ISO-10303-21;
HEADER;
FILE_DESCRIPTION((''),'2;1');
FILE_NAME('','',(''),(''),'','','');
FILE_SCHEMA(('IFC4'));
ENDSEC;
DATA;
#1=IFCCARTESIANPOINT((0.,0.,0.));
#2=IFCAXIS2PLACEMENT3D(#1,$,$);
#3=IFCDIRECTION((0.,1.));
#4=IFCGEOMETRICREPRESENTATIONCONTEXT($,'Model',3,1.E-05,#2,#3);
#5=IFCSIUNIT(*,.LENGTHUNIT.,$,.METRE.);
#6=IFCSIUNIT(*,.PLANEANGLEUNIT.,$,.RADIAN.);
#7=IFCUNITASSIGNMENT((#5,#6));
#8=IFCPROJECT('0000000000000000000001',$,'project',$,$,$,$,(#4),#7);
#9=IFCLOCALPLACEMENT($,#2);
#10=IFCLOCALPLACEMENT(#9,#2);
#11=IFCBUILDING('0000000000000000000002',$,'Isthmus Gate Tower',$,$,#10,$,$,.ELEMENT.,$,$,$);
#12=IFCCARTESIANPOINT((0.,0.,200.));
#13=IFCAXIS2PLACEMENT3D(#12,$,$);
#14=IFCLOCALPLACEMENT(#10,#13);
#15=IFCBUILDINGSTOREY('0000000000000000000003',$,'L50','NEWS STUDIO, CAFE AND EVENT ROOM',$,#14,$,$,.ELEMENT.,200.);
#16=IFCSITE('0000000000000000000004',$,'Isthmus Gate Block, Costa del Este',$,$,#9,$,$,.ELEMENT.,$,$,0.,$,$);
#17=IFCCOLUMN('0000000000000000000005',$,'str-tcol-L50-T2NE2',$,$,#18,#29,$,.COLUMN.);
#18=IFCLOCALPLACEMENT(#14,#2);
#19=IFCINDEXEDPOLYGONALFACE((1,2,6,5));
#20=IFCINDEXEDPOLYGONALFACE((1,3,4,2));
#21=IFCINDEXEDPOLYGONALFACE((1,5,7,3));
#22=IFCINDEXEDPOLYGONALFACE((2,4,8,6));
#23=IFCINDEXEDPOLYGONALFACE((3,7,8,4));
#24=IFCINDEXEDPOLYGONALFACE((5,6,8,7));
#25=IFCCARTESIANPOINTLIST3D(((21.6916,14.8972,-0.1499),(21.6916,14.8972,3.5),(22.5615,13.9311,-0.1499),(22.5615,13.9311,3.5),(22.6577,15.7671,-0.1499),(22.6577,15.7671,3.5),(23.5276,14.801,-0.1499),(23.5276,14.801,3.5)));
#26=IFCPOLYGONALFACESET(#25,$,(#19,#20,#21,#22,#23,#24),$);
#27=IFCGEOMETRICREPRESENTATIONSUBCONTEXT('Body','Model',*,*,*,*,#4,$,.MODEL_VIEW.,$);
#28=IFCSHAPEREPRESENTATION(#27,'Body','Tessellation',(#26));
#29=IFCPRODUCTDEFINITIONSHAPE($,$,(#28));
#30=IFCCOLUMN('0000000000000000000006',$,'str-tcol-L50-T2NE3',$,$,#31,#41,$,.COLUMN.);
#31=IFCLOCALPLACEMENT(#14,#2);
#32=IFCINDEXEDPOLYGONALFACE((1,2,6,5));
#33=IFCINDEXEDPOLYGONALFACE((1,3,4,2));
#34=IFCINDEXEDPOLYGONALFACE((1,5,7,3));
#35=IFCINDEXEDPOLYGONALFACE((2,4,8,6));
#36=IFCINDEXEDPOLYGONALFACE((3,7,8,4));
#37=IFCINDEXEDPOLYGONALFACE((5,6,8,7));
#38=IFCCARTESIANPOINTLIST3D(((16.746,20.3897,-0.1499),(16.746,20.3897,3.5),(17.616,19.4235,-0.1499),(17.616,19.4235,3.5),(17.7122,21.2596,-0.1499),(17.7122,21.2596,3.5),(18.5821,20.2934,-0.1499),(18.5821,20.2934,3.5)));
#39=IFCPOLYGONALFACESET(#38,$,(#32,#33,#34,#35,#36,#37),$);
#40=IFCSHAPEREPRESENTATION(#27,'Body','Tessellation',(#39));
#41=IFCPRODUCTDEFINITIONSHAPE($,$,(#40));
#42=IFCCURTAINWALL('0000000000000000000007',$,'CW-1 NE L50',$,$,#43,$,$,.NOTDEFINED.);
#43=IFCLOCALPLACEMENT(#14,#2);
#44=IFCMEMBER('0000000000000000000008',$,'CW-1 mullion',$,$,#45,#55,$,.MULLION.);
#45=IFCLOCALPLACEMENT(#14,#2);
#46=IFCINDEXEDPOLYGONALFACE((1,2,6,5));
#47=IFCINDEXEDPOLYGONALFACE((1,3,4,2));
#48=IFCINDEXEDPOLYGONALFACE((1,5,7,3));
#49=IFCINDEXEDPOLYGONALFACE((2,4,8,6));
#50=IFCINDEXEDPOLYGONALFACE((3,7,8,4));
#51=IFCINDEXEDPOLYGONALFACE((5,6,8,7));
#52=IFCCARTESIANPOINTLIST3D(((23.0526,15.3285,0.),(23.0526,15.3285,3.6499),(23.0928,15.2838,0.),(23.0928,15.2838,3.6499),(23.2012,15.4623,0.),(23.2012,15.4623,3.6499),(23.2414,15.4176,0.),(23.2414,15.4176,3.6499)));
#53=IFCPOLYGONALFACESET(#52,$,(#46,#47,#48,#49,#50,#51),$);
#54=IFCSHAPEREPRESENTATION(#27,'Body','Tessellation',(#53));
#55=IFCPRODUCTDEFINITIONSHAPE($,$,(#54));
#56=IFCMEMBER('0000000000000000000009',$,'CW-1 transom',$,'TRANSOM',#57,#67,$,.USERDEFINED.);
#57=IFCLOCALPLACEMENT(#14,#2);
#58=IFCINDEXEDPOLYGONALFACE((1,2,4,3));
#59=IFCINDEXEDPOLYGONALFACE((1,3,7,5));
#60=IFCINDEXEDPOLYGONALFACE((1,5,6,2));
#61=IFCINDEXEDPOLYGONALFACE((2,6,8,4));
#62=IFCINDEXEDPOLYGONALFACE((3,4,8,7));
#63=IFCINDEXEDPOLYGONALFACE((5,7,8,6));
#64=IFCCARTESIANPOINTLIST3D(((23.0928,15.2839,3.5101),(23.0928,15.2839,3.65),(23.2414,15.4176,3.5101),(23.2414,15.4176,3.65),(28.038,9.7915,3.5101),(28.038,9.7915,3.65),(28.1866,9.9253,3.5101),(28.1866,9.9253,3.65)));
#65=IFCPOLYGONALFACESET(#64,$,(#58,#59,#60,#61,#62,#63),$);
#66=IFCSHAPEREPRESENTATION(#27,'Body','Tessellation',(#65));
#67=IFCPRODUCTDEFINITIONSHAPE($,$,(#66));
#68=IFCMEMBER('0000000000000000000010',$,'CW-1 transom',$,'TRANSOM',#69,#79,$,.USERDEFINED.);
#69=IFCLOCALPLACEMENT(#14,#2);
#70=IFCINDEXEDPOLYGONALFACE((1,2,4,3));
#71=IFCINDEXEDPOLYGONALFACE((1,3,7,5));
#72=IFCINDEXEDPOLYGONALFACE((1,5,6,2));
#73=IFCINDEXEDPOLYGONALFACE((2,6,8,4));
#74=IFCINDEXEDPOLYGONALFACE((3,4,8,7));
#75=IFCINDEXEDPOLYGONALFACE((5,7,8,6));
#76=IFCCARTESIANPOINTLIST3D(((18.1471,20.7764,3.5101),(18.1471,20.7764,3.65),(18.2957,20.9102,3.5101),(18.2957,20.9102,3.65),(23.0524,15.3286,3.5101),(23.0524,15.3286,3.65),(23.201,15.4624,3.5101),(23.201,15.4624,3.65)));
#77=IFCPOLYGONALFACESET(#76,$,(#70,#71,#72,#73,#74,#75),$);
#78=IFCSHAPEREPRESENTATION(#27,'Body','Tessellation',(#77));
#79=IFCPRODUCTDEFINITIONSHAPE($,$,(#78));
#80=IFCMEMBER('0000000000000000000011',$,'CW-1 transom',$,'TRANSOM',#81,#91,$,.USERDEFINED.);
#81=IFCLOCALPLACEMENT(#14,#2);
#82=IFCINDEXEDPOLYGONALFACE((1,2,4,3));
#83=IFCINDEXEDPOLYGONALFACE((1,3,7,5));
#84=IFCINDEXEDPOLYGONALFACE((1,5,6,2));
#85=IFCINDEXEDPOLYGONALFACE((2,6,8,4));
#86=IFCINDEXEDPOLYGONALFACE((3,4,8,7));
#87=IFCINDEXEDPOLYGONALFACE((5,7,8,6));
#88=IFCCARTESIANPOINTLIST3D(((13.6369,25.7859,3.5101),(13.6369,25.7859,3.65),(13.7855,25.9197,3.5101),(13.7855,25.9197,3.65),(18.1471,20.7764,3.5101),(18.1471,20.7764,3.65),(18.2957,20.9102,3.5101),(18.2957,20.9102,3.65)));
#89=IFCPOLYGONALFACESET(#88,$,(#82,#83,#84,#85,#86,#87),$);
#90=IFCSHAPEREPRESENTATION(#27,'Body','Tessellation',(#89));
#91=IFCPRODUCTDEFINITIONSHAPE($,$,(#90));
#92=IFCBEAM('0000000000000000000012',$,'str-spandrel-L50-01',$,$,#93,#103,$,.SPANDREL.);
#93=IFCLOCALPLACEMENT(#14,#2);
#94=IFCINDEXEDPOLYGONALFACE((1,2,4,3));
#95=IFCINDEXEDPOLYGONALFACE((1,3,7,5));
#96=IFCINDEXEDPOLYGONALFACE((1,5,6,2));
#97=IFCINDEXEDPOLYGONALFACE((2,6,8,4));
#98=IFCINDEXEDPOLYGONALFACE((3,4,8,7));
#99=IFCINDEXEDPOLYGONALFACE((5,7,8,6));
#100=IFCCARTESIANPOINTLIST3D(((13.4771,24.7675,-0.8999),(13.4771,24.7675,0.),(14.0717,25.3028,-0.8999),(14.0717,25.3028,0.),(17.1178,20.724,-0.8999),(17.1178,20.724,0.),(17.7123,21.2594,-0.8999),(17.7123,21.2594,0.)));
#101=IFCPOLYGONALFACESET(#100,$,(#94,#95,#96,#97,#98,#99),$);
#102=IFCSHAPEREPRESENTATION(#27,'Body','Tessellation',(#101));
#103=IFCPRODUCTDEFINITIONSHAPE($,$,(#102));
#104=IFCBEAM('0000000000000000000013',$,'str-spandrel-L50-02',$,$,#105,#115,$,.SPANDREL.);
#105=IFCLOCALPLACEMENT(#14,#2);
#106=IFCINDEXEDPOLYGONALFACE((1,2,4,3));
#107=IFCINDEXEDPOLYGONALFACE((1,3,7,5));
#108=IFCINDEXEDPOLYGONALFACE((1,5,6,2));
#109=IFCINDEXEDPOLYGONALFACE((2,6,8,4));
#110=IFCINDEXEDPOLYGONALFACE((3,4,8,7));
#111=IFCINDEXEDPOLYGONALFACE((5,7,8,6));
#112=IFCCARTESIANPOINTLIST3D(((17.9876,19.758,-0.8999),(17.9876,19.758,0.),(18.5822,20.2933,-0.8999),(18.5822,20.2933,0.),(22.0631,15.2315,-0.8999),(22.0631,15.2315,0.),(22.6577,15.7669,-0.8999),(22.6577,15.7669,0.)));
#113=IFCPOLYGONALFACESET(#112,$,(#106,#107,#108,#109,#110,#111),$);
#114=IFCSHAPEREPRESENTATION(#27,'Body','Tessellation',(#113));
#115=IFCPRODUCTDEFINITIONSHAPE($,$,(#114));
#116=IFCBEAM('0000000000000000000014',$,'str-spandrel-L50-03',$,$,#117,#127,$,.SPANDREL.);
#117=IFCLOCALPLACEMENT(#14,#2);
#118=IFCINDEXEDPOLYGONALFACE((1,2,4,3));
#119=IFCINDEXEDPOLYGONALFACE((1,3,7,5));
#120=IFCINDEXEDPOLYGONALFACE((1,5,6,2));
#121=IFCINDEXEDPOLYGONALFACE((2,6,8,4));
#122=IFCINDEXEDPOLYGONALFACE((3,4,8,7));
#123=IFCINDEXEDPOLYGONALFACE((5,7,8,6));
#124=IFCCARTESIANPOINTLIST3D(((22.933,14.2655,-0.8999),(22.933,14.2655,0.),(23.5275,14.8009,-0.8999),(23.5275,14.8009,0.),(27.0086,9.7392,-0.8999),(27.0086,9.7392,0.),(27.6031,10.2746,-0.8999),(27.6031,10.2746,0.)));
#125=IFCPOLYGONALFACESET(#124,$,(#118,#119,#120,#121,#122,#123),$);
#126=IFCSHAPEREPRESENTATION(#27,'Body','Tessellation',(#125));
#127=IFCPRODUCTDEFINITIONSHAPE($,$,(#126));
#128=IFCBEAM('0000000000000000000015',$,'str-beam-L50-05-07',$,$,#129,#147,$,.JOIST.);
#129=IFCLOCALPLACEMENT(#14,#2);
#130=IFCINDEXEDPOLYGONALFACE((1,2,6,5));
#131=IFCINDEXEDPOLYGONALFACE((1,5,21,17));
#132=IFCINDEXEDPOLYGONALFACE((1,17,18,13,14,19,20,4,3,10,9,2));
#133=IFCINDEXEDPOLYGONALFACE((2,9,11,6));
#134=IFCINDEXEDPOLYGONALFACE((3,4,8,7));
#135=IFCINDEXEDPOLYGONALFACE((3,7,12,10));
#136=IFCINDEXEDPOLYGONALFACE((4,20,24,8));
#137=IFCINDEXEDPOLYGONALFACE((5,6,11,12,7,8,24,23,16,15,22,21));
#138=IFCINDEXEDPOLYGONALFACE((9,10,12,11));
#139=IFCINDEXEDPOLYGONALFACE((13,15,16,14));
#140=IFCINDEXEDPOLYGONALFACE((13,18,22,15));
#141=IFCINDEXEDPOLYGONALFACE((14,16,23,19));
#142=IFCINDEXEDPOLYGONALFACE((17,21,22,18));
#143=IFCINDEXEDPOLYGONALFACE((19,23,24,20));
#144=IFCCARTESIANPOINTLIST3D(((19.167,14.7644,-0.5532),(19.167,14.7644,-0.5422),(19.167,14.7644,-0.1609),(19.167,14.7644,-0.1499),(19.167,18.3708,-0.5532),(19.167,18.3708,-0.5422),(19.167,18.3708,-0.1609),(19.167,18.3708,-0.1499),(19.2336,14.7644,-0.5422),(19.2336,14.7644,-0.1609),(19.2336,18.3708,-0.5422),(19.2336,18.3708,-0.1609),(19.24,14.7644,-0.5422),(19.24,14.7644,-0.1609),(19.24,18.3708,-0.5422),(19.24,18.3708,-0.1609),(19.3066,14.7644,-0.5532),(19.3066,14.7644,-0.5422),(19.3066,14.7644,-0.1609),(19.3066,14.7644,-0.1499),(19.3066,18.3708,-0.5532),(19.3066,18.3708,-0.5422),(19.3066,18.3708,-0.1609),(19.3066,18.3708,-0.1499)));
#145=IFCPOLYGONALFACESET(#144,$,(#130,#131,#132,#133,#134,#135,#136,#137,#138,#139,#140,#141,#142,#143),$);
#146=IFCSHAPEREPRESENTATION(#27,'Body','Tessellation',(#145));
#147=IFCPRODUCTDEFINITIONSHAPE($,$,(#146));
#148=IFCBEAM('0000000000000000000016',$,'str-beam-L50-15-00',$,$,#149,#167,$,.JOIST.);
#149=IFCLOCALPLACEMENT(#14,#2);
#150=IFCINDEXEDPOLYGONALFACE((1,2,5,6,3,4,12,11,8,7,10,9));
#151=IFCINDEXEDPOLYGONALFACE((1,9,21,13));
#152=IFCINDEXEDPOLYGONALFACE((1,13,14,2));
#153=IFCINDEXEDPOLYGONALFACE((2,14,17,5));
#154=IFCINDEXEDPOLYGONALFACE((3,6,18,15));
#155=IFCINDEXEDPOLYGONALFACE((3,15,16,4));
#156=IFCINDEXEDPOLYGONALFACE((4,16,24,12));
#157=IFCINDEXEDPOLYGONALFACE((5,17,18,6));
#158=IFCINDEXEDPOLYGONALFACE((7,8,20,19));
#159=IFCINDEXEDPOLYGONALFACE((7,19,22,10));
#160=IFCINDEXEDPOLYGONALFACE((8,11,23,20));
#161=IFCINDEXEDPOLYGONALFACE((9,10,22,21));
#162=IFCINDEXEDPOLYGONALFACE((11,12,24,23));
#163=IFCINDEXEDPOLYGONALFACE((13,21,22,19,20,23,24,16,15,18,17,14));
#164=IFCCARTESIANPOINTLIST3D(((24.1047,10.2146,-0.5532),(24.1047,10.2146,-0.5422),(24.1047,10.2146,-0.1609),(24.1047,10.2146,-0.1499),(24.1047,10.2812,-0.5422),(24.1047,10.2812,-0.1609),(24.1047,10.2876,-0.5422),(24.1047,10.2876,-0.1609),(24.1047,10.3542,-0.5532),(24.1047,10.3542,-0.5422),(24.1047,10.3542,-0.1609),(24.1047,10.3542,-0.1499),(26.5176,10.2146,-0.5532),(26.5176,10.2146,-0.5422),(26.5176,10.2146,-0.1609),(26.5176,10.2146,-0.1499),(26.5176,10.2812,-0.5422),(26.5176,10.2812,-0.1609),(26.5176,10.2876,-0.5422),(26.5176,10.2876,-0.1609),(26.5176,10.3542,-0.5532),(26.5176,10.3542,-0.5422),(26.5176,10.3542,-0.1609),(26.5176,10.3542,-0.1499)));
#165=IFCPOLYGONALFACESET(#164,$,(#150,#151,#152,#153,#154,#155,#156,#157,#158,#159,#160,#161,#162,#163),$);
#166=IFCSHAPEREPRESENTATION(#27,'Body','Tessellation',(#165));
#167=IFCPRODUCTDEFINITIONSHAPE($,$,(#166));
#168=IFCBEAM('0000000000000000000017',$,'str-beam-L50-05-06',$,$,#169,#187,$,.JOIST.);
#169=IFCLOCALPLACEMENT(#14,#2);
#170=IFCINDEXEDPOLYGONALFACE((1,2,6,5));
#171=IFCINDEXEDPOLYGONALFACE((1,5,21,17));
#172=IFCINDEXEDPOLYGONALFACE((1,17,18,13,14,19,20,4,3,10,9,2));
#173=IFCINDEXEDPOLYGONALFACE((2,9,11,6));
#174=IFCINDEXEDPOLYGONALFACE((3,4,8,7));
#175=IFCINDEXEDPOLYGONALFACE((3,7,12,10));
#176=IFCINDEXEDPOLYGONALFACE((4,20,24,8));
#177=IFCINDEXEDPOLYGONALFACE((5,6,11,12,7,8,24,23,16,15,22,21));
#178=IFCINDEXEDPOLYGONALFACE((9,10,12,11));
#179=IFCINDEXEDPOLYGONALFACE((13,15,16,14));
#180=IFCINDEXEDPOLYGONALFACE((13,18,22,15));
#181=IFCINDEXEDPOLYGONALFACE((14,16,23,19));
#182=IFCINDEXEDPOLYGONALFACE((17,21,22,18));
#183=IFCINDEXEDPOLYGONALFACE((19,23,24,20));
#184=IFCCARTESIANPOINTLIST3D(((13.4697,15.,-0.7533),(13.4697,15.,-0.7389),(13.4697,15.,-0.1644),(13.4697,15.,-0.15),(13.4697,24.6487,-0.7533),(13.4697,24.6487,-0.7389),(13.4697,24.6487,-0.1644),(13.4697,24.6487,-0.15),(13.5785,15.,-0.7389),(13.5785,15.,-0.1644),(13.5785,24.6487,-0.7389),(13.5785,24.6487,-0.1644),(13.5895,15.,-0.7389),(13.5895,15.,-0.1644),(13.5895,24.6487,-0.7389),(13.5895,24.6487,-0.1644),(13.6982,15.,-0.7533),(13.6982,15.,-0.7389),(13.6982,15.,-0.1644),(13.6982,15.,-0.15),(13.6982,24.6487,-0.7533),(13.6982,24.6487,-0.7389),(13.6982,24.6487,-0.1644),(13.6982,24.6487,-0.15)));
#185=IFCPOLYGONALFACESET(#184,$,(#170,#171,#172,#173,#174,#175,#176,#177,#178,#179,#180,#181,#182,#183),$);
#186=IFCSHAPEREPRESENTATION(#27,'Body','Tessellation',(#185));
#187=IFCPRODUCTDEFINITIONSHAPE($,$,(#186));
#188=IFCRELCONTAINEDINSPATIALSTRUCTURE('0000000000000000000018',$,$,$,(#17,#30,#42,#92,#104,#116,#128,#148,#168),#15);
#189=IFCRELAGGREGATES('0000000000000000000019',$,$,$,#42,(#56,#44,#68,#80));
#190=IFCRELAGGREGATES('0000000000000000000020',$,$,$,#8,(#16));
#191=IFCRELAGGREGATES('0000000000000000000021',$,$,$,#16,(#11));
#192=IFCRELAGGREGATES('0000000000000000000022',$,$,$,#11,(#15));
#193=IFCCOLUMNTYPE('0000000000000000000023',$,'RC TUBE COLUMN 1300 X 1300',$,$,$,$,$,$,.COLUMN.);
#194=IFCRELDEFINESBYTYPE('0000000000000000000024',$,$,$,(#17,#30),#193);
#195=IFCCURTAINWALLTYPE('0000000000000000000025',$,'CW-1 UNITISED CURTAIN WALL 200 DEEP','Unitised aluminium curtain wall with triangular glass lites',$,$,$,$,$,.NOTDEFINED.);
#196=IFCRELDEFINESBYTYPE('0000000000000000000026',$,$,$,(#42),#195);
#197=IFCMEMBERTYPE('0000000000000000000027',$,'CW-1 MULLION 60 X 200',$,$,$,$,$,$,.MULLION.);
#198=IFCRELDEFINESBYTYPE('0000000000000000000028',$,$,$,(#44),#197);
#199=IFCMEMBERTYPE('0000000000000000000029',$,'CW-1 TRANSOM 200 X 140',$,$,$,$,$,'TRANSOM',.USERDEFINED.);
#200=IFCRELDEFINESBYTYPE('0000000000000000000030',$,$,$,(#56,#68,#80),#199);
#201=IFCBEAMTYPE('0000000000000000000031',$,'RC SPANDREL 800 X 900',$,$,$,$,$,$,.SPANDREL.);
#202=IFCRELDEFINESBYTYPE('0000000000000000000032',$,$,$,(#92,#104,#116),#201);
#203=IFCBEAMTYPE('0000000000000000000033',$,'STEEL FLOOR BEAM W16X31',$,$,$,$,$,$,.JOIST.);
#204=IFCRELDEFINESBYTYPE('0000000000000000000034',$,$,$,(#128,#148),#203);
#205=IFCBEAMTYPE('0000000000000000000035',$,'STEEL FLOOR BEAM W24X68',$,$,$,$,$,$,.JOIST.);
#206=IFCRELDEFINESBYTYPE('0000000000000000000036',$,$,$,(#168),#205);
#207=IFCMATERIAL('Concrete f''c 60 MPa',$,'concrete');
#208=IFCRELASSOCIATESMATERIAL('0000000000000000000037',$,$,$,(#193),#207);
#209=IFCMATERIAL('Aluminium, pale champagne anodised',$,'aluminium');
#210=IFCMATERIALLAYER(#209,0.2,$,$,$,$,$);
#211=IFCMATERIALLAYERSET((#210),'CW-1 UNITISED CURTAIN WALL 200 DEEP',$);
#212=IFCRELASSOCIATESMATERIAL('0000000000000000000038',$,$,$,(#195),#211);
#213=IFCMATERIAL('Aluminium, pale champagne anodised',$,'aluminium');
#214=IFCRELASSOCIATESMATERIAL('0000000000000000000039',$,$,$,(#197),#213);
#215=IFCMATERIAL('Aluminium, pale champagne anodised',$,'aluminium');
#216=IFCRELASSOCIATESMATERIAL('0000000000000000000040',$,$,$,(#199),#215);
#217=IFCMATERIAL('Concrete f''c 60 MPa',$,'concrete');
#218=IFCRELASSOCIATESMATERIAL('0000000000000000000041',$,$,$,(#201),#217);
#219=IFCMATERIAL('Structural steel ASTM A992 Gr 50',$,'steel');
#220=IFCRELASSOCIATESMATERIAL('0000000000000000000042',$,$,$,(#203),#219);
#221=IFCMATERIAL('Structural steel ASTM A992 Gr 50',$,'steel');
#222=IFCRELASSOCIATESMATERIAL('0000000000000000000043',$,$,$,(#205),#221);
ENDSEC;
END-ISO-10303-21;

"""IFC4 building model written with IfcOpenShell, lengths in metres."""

from ifc_helpers import new_model, si_unit, direction, frame, origin, origin_2d, place, context, subcontext, project, spatial, rectangle, i_section, extrude, material, layer, layer_set, material_profile, profile_set, type_object, element, aggregate, save


model = new_model("IFC4")

# Units and contexts
model_context = context("Model", 3, precision=1e-05, world=origin(), true_north=direction((0.0, 1.0)))
body_context = subcontext(model_context, "Body", "Model", "MODEL_VIEW")
ifc_project = project(units=[si_unit("LENGTHUNIT", "METRE"), si_unit("PLANEANGLEUNIT", "RADIAN")], contexts=[model_context])

# Site, building, storey
site_placement = place(None, origin())
site = spatial("IfcSite", under=ifc_project, at=site_placement, Name="Isthmus Gate Block, Costa del Este", CompositionType="ELEMENT", RefElevation=0.0)
building_placement = place(site_placement, origin())
building = spatial("IfcBuilding", under=site, at=building_placement, Name="Isthmus Gate Tower", CompositionType="ELEMENT")
storey_placement = place(building_placement, frame((0.0, 0.0, 200.0)))
storey = spatial("IfcBuildingStorey", under=building, at=storey_placement, Name="L50", Description="NEWS STUDIO, CAFE AND EVENT ROOM", CompositionType="ELEMENT", Elevation=200.0)

# Columns
ifc_material_1 = material(Name="Concrete f'c 60 MPa", Category="concrete")
ifc_material_profile_1 = material_profile(ifc_material_1, rectangle(XDim=1.3, YDim=1.3, at=origin_2d()), Name="RC 1300X1300")
ifc_profile_set_1 = profile_set([ifc_material_profile_1], Name="Concrete f'c 60 MPa")
column_type = type_object("IfcColumnType", Name="RC TUBE COLUMN 1300 X 1300", PredefinedType="COLUMN", material=ifc_profile_set_1)
for number, where, z_axis, x_axis, name in (
    (1, (22.6096, 14.8491, -0.1499), (0.0, 0.0, 1.0), (-0.669131, 0.743145, 0.0), "str-tcol-L50-T2NE2"),
    (2, (17.6641, 20.3416, -0.1499), (0.0, 0.0, 1.0), (-0.669131, 0.743145, 0.0), "str-tcol-L50-T2NE3"),
):
    element("IfcColumn", number, at=place(storey_placement, frame(where, z_axis=z_axis, x_axis=x_axis)), inside=storey, type_object=column_type, Name=name, PredefinedType="COLUMN", context=body_context, shape_type="SweptSolid", body=[
        extrude(rectangle(XDim=1.3, YDim=1.3, at=origin_2d()), origin(), (0.0, 0.0, 1.0), 3.6499),
    ])

# Curtain wall, members
ifc_material_2 = material(Name="Aluminium, pale champagne anodised", Category="aluminium")
ifc_layer_1 = layer(ifc_material_2, 0.2)
ifc_layer_set_1 = layer_set([ifc_layer_1], Name="CW-1 UNITISED CURTAIN WALL 200 DEEP")
curtain_wall_type = type_object("IfcCurtainWallType", Name="CW-1 UNITISED CURTAIN WALL 200 DEEP", Description="Unitised aluminium curtain wall with triangular glass lites", PredefinedType="NOTDEFINED", material=ifc_layer_set_1)
curtain_wall_placement = place(storey_placement, origin())
curtain_wall = element("IfcCurtainWall", 3, at=curtain_wall_placement, inside=storey, type_object=curtain_wall_type, Name="CW-1 NE L50", PredefinedType="NOTDEFINED")
ifc_material_3 = material(Name="Aluminium, pale champagne anodised", Category="aluminium")
ifc_material_profile_2 = material_profile(ifc_material_3, rectangle(XDim=0.0601, YDim=0.2, at=origin_2d()), Name="60x200")
ifc_profile_set_2 = profile_set([ifc_material_profile_2], Name="Aluminium, pale champagne anodised")
member_type_1 = type_object("IfcMemberType", Name="CW-1 MULLION 60 X 200", PredefinedType="MULLION", material=ifc_profile_set_2)
member_1_placement = place(storey_placement, frame((23.147, 15.373, 0.0), z_axis=(0.0, 0.0, 1.0), x_axis=(-0.669131, 0.743145, 0.0)))
member_1 = element("IfcMember", 4, at=member_1_placement, type_object=member_type_1, Name="CW-1 mullion", PredefinedType="MULLION", context=body_context, shape_type="SweptSolid", body=[
    extrude(rectangle(XDim=0.0601, YDim=0.2, at=origin_2d()), origin(), (0.0, 0.0, 1.0), 3.6499),
])
ifc_material_4 = material(Name="Aluminium, pale champagne anodised", Category="aluminium")
ifc_material_profile_3 = material_profile(ifc_material_4, rectangle(XDim=0.2, YDim=0.1399, at=origin_2d()), Name="200x140")
ifc_profile_set_3 = profile_set([ifc_material_profile_3], Name="Aluminium, pale champagne anodised")
member_type_2 = type_object("IfcMemberType", Name="CW-1 TRANSOM 200 X 140", ElementType="TRANSOM", PredefinedType="USERDEFINED", material=ifc_profile_set_3)
member_2_placement = place(storey_placement, frame((28.1123, 9.8584, 3.5801), z_axis=(-0.669123, 0.743151, 0.0), x_axis=(-0.743151, -0.669123, 0.0)))
member_2 = element("IfcMember", 5, at=member_2_placement, type_object=member_type_2, Name="CW-1 transom", ObjectType="TRANSOM", PredefinedType="USERDEFINED", context=body_context, shape_type="SweptSolid", body=[
    extrude(rectangle(XDim=0.2, YDim=0.1399, at=origin_2d()), origin(), (0.0, 0.0, 1.0), 7.3906),
])
member_3_placement = place(storey_placement, frame((23.1267, 15.3955, 3.5801), z_axis=(-0.669138, 0.743138, 0.0), x_axis=(-0.743138, -0.669138, 0.0)))
member_3 = element("IfcMember", 6, at=member_3_placement, type_object=member_type_2, Name="CW-1 transom", ObjectType="TRANSOM", PredefinedType="USERDEFINED", context=body_context, shape_type="SweptSolid", body=[
    extrude(rectangle(XDim=0.2, YDim=0.1399, at=origin_2d()), origin(), (0.0, 0.0, 1.0), 7.3308),
])
member_4_placement = place(storey_placement, frame((18.2214, 20.8433, 3.5801), z_axis=(-0.669103, 0.74317, 0.0), x_axis=(-0.74317, -0.669103, 0.0)))
member_4 = element("IfcMember", 7, at=member_4_placement, type_object=member_type_2, Name="CW-1 transom", ObjectType="TRANSOM", PredefinedType="USERDEFINED", context=body_context, shape_type="SweptSolid", body=[
    extrude(rectangle(XDim=0.2, YDim=0.1399, at=origin_2d()), origin(), (0.0, 0.0, 1.0), 6.7407),
])

# Beams
ifc_material_5 = material(Name="Concrete f'c 60 MPa", Category="concrete")
ifc_material_profile_4 = material_profile(ifc_material_5, rectangle(XDim=0.8, YDim=0.8999, at=origin_2d()), Name="RC 800X900")
ifc_profile_set_4 = profile_set([ifc_material_profile_4], Name="Concrete f'c 60 MPa")
beam_type_1 = type_object("IfcBeamType", Name="RC SPANDREL 800 X 900", PredefinedType="SPANDREL", material=ifc_profile_set_4)
beam_1_placement = place(storey_placement, frame((13.7744, 25.0352, -0.45), z_axis=(0.669118, -0.743156, 0.0), x_axis=(0.743156, 0.669118, 0.0)))
element("IfcBeam", 8, at=beam_1_placement, inside=storey, type_object=beam_type_1, Name="str-spandrel-L50-01", PredefinedType="SPANDREL", context=body_context, shape_type="SweptSolid", body=[
    extrude(rectangle(XDim=0.8, YDim=0.8999, at=origin_2d()), origin(), (0.0, 0.0, 1.0), 5.4409),
])
for number, where, z_axis, x_axis, name in (
    (9, (18.2849, 20.0256, -0.45), (0.66912, -0.743155, 0.0), (0.743155, 0.66912, 0.0), "str-spandrel-L50-02"),
    (10, (23.2302, 14.5332, -0.45), (0.669142, -0.743135, 0.0), (0.743135, 0.669142, 0.0), "str-spandrel-L50-03"),
):
    element("IfcBeam", number, at=place(storey_placement, frame(where, z_axis=z_axis, x_axis=x_axis)), inside=storey, type_object=beam_type_1, Name=name, PredefinedType="SPANDREL", context=body_context, shape_type="SweptSolid", body=[
        extrude(rectangle(XDim=0.8, YDim=0.8999, at=origin_2d()), origin(), (0.0, 0.0, 1.0), 6.0908),
    ])
ifc_material_6 = material(Name="Structural steel ASTM A992 Gr 50", Category="steel")
ifc_material_profile_5 = material_profile(ifc_material_6, i_section(OverallWidth=0.1396, OverallDepth=0.4033, WebThickness=0.0063, FlangeThickness=0.011, at=origin_2d()), Name="W16X31")
ifc_profile_set_5 = profile_set([ifc_material_profile_5], Name="Structural steel ASTM A992 Gr 50")
beam_type_2 = type_object("IfcBeamType", Name="STEEL FLOOR BEAM W16X31", PredefinedType="JOIST", material=ifc_profile_set_5)
beam_2_placement = place(storey_placement, frame((19.2368, 14.7644, -0.3516), z_axis=(0.0, 1.0, 0.0), x_axis=(-1.0, 0.0, 0.0)))
element("IfcBeam", 11, at=beam_2_placement, inside=storey, type_object=beam_type_2, Name="str-beam-L50-05-07", PredefinedType="JOIST", context=body_context, shape_type="SweptSolid", body=[
    extrude(i_section(OverallWidth=0.1396, OverallDepth=0.4033, WebThickness=0.0063, FlangeThickness=0.011, at=origin_2d()), origin(), (0.0, 0.0, 1.0), 3.6064),
])
beam_3_placement = place(storey_placement, frame((24.1047, 10.2844, -0.3516), z_axis=(1.0, 0.0, 0.0), x_axis=(0.0, 1.0, 0.0)))
element("IfcBeam", 12, at=beam_3_placement, inside=storey, type_object=beam_type_2, Name="str-beam-L50-15-00", PredefinedType="JOIST", context=body_context, shape_type="SweptSolid", body=[
    extrude(i_section(OverallWidth=0.1396, OverallDepth=0.4033, WebThickness=0.0063, FlangeThickness=0.011, at=origin_2d()), origin(), (0.0, 0.0, 1.0), 2.4128),
])
ifc_material_7 = material(Name="Structural steel ASTM A992 Gr 50", Category="steel")
ifc_material_profile_6 = material_profile(ifc_material_7, i_section(OverallWidth=0.2285, OverallDepth=0.6033, WebThickness=0.011, FlangeThickness=0.0144, at=origin_2d()), Name="W24X68")
ifc_profile_set_6 = profile_set([ifc_material_profile_6], Name="Structural steel ASTM A992 Gr 50")
beam_type_3 = type_object("IfcBeamType", Name="STEEL FLOOR BEAM W24X68", PredefinedType="JOIST", material=ifc_profile_set_6)
beam_4_placement = place(storey_placement, frame((13.584, 15.0, -0.4517), z_axis=(0.0, 1.0, 0.0), x_axis=(-1.0, 0.0, 0.0)))
element("IfcBeam", 13, at=beam_4_placement, inside=storey, type_object=beam_type_3, Name="str-beam-L50-05-06", PredefinedType="JOIST", context=body_context, shape_type="SweptSolid", body=[
    extrude(i_section(OverallWidth=0.2285, OverallDepth=0.6033, WebThickness=0.011, FlangeThickness=0.0144, at=origin_2d()), origin(), (0.0, 0.0, 1.0), 9.6487),
])

aggregate(curtain_wall, [member_2, member_1, member_3, member_4])

save(model, "model.ifc")
